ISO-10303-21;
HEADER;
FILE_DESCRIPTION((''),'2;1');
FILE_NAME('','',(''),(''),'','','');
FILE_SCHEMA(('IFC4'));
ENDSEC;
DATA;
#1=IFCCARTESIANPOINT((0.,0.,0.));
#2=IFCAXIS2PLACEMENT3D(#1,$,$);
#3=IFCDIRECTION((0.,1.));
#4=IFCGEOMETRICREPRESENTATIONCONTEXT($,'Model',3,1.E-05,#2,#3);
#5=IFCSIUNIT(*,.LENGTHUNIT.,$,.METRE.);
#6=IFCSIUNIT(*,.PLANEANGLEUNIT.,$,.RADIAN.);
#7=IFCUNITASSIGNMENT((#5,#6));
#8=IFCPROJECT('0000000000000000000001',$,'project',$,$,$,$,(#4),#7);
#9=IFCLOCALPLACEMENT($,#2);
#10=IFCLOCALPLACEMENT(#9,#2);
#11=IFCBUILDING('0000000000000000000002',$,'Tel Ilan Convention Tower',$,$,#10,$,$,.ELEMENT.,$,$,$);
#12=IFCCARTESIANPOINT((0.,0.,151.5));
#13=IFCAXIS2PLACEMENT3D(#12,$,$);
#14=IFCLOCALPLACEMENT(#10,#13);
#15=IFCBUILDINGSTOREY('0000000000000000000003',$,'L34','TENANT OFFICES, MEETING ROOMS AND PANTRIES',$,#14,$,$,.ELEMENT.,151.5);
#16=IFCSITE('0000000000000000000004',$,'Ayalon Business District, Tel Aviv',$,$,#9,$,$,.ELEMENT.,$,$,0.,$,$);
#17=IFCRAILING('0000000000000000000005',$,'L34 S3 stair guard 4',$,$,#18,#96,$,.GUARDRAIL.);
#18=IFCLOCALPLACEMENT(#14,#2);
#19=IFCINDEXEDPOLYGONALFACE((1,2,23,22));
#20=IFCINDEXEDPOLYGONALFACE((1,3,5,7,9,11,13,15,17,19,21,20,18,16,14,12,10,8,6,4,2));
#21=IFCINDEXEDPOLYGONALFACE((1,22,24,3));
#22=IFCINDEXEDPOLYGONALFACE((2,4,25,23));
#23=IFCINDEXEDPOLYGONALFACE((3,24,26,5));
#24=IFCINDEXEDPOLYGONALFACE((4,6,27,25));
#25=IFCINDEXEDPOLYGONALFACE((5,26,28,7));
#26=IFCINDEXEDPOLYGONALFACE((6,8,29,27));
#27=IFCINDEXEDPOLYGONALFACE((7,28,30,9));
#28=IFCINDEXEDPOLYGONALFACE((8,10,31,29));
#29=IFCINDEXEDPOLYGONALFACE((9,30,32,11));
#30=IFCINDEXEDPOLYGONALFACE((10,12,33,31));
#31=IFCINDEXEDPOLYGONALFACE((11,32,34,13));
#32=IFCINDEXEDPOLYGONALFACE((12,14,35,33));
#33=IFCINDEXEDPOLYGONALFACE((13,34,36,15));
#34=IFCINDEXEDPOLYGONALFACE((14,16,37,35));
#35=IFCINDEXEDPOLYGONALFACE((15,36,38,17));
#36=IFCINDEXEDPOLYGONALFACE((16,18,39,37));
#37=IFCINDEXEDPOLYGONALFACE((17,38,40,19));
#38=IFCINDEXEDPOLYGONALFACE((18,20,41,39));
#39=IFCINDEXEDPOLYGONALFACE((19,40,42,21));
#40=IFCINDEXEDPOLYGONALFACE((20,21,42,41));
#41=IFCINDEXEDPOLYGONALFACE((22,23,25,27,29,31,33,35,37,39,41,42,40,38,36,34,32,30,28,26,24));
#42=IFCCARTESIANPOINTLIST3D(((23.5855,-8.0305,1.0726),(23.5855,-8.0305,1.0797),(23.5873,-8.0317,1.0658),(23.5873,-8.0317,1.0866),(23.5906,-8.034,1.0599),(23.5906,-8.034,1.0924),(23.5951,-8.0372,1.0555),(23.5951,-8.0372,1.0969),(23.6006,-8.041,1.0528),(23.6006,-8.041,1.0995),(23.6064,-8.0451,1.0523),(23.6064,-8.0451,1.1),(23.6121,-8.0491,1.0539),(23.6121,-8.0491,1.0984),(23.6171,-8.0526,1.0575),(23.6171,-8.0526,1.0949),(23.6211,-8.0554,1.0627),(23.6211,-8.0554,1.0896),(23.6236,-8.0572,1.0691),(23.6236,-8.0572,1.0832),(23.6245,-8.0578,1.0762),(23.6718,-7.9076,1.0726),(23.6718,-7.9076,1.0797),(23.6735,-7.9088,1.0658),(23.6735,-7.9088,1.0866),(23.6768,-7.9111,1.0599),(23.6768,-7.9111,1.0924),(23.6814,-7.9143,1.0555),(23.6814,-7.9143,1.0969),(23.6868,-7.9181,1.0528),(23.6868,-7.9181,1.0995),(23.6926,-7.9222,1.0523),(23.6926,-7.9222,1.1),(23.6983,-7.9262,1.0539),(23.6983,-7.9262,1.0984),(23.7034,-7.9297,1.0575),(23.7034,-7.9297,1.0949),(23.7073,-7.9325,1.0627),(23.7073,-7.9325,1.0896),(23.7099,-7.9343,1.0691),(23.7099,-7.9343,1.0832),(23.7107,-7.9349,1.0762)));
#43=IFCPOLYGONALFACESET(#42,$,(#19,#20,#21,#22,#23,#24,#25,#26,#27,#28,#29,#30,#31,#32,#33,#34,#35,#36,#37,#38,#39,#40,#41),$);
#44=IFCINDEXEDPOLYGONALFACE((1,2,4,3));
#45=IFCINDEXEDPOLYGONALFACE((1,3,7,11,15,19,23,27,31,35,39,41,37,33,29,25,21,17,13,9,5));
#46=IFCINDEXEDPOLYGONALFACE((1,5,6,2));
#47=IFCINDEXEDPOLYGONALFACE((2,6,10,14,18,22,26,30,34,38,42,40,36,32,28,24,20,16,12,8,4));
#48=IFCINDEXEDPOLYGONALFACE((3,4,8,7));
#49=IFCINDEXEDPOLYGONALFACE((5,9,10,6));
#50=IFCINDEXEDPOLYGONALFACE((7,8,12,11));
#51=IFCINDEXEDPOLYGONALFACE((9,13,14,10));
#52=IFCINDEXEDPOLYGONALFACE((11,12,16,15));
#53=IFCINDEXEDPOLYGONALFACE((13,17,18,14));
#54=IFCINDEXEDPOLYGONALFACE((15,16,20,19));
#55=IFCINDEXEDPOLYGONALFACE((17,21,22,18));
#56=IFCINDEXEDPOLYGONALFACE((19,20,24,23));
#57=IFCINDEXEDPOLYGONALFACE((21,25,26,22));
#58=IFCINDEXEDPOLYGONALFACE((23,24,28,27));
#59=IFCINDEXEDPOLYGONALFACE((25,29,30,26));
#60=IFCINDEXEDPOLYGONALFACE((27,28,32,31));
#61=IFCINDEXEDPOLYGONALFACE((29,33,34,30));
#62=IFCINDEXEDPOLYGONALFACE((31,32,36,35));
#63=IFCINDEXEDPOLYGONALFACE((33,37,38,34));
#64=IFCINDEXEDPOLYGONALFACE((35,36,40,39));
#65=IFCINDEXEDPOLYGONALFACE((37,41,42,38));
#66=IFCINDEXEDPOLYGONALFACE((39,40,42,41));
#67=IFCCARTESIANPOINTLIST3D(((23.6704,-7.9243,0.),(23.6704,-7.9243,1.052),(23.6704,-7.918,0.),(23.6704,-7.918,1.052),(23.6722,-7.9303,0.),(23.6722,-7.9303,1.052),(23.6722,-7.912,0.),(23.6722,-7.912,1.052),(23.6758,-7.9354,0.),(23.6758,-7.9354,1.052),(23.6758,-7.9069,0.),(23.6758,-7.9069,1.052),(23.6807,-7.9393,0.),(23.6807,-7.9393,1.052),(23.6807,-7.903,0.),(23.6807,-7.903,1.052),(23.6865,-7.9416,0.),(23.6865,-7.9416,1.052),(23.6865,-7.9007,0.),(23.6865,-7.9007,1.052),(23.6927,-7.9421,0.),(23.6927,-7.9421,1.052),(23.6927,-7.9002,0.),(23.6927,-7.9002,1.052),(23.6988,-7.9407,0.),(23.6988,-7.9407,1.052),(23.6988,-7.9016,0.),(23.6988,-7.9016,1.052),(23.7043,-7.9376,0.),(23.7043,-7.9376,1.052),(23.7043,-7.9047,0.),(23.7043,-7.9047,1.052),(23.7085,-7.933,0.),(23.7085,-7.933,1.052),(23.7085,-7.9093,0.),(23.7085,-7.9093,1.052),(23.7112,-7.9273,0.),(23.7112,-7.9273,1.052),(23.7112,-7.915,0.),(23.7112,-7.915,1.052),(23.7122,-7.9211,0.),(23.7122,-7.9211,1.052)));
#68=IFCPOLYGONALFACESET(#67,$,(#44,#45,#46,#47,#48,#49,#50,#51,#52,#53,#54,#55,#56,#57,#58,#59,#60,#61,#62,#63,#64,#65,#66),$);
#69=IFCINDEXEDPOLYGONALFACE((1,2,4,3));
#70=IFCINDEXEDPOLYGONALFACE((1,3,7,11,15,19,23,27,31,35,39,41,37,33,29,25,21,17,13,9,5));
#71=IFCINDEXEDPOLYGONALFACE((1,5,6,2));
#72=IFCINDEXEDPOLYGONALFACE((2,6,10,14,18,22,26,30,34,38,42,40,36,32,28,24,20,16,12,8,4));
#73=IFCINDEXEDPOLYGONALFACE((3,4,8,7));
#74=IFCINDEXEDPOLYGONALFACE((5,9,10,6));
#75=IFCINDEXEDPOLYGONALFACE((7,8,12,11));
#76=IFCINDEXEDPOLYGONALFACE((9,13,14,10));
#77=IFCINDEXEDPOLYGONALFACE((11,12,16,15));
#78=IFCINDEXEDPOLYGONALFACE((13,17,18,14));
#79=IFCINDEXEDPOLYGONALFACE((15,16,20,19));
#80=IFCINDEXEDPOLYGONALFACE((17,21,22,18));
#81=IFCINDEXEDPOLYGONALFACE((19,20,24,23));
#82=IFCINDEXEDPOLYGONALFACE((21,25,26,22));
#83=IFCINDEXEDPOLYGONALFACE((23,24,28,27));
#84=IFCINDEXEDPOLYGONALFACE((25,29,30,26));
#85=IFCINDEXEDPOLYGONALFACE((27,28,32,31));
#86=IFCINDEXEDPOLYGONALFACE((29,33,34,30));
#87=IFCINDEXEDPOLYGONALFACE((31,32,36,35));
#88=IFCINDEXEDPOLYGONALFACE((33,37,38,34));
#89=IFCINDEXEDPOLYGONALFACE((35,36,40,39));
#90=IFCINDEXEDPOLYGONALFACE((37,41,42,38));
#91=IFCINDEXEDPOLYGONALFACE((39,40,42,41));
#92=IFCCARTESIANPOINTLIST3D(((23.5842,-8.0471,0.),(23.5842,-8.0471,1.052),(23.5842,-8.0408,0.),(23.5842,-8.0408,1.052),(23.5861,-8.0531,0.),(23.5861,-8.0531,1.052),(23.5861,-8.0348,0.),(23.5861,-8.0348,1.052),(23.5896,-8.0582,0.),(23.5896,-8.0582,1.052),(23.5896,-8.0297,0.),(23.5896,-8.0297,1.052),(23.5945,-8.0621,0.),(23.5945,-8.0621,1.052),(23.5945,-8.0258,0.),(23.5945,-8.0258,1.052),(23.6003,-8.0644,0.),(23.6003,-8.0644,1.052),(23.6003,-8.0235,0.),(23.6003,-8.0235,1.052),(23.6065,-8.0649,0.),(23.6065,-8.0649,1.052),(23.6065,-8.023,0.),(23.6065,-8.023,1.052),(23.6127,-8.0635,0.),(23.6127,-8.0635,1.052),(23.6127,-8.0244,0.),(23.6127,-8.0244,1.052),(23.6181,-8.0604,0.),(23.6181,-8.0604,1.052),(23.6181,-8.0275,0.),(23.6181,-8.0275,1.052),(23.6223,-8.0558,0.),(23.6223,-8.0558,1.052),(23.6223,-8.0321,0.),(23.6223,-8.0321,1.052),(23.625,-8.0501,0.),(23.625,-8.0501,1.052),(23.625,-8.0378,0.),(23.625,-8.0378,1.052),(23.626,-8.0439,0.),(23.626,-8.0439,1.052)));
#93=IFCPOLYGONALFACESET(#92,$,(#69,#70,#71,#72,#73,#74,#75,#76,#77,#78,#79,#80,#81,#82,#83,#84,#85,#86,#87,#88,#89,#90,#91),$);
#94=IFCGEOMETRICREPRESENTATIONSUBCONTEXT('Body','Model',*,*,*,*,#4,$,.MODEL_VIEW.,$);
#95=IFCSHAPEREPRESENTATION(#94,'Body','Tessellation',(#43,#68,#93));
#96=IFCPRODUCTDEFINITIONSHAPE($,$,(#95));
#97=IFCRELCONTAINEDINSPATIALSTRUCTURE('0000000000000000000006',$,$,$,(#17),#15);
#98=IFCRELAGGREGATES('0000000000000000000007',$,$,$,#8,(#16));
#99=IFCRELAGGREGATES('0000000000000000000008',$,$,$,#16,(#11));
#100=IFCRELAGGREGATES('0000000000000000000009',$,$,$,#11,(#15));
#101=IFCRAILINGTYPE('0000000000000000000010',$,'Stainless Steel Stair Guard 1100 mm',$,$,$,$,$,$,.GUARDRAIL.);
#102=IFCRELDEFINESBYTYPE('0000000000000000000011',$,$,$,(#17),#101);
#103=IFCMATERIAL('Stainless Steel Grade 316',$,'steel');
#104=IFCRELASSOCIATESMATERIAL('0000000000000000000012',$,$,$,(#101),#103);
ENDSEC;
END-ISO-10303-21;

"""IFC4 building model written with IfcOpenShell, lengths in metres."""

from ifc_helpers import new_model, si_unit, direction, frame, origin, origin_2d, place, context, subcontext, project, spatial, circle, extrude, material, type_object, element, save


model = new_model("IFC4")

# Units and contexts
model_context = context("Model", 3, precision=1e-05, world=origin(), true_north=direction((0.0, 1.0)))
body_context = subcontext(model_context, "Body", "Model", "MODEL_VIEW")
ifc_project = project(units=[si_unit("LENGTHUNIT", "METRE"), si_unit("PLANEANGLEUNIT", "RADIAN")], contexts=[model_context])

# Site, building, storey
site_placement = place(None, origin())
site = spatial("IfcSite", under=ifc_project, at=site_placement, Name="Ayalon Business District, Tel Aviv", CompositionType="ELEMENT", RefElevation=0.0)
building_placement = place(site_placement, origin())
building = spatial("IfcBuilding", under=site, at=building_placement, Name="Tel Ilan Convention Tower", CompositionType="ELEMENT")
storey_placement = place(building_placement, frame((0.0, 0.0, 151.5)))
storey = spatial("IfcBuildingStorey", under=building, at=storey_placement, Name="L34", Description="TENANT OFFICES, MEETING ROOMS AND PANTRIES", CompositionType="ELEMENT", Elevation=151.5)

# Railing
ifc_material_1 = material(Name="Stainless Steel Grade 316", Category="steel")
railing_type_1 = type_object("IfcRailingType", Name="Stainless Steel Stair Guard 1100 mm", PredefinedType="GUARDRAIL", material=ifc_material_1)
railing_1_placement = place(storey_placement, frame((23.6912, -7.9211, 0.0)))
element("IfcRailing", 1, at=railing_1_placement, inside=storey, type_object=railing_type_1, Name="L34 S3 stair guard 4", PredefinedType="GUARDRAIL", context=body_context, shape_type="SweptSolid", body=[
    extrude(circle(Radius=0.0239, at=origin_2d()), frame((0.0, 0.0, 1.0762), z_axis=(-0.574445, -0.818543, 0.0), x_axis=(0.818543, -0.574445, 0.0)), (0.0, 0.0, 1.0), 0.1501),
    extrude(circle(Radius=0.021, at=origin_2d()), origin(), (0.0, 0.0, 1.0), 1.052),
    extrude(circle(Radius=0.021, at=origin_2d()), frame((-0.0862, -0.1228, 0.0)), (0.0, 0.0, 1.0), 1.052),
])

save(model, "model.ifc")
